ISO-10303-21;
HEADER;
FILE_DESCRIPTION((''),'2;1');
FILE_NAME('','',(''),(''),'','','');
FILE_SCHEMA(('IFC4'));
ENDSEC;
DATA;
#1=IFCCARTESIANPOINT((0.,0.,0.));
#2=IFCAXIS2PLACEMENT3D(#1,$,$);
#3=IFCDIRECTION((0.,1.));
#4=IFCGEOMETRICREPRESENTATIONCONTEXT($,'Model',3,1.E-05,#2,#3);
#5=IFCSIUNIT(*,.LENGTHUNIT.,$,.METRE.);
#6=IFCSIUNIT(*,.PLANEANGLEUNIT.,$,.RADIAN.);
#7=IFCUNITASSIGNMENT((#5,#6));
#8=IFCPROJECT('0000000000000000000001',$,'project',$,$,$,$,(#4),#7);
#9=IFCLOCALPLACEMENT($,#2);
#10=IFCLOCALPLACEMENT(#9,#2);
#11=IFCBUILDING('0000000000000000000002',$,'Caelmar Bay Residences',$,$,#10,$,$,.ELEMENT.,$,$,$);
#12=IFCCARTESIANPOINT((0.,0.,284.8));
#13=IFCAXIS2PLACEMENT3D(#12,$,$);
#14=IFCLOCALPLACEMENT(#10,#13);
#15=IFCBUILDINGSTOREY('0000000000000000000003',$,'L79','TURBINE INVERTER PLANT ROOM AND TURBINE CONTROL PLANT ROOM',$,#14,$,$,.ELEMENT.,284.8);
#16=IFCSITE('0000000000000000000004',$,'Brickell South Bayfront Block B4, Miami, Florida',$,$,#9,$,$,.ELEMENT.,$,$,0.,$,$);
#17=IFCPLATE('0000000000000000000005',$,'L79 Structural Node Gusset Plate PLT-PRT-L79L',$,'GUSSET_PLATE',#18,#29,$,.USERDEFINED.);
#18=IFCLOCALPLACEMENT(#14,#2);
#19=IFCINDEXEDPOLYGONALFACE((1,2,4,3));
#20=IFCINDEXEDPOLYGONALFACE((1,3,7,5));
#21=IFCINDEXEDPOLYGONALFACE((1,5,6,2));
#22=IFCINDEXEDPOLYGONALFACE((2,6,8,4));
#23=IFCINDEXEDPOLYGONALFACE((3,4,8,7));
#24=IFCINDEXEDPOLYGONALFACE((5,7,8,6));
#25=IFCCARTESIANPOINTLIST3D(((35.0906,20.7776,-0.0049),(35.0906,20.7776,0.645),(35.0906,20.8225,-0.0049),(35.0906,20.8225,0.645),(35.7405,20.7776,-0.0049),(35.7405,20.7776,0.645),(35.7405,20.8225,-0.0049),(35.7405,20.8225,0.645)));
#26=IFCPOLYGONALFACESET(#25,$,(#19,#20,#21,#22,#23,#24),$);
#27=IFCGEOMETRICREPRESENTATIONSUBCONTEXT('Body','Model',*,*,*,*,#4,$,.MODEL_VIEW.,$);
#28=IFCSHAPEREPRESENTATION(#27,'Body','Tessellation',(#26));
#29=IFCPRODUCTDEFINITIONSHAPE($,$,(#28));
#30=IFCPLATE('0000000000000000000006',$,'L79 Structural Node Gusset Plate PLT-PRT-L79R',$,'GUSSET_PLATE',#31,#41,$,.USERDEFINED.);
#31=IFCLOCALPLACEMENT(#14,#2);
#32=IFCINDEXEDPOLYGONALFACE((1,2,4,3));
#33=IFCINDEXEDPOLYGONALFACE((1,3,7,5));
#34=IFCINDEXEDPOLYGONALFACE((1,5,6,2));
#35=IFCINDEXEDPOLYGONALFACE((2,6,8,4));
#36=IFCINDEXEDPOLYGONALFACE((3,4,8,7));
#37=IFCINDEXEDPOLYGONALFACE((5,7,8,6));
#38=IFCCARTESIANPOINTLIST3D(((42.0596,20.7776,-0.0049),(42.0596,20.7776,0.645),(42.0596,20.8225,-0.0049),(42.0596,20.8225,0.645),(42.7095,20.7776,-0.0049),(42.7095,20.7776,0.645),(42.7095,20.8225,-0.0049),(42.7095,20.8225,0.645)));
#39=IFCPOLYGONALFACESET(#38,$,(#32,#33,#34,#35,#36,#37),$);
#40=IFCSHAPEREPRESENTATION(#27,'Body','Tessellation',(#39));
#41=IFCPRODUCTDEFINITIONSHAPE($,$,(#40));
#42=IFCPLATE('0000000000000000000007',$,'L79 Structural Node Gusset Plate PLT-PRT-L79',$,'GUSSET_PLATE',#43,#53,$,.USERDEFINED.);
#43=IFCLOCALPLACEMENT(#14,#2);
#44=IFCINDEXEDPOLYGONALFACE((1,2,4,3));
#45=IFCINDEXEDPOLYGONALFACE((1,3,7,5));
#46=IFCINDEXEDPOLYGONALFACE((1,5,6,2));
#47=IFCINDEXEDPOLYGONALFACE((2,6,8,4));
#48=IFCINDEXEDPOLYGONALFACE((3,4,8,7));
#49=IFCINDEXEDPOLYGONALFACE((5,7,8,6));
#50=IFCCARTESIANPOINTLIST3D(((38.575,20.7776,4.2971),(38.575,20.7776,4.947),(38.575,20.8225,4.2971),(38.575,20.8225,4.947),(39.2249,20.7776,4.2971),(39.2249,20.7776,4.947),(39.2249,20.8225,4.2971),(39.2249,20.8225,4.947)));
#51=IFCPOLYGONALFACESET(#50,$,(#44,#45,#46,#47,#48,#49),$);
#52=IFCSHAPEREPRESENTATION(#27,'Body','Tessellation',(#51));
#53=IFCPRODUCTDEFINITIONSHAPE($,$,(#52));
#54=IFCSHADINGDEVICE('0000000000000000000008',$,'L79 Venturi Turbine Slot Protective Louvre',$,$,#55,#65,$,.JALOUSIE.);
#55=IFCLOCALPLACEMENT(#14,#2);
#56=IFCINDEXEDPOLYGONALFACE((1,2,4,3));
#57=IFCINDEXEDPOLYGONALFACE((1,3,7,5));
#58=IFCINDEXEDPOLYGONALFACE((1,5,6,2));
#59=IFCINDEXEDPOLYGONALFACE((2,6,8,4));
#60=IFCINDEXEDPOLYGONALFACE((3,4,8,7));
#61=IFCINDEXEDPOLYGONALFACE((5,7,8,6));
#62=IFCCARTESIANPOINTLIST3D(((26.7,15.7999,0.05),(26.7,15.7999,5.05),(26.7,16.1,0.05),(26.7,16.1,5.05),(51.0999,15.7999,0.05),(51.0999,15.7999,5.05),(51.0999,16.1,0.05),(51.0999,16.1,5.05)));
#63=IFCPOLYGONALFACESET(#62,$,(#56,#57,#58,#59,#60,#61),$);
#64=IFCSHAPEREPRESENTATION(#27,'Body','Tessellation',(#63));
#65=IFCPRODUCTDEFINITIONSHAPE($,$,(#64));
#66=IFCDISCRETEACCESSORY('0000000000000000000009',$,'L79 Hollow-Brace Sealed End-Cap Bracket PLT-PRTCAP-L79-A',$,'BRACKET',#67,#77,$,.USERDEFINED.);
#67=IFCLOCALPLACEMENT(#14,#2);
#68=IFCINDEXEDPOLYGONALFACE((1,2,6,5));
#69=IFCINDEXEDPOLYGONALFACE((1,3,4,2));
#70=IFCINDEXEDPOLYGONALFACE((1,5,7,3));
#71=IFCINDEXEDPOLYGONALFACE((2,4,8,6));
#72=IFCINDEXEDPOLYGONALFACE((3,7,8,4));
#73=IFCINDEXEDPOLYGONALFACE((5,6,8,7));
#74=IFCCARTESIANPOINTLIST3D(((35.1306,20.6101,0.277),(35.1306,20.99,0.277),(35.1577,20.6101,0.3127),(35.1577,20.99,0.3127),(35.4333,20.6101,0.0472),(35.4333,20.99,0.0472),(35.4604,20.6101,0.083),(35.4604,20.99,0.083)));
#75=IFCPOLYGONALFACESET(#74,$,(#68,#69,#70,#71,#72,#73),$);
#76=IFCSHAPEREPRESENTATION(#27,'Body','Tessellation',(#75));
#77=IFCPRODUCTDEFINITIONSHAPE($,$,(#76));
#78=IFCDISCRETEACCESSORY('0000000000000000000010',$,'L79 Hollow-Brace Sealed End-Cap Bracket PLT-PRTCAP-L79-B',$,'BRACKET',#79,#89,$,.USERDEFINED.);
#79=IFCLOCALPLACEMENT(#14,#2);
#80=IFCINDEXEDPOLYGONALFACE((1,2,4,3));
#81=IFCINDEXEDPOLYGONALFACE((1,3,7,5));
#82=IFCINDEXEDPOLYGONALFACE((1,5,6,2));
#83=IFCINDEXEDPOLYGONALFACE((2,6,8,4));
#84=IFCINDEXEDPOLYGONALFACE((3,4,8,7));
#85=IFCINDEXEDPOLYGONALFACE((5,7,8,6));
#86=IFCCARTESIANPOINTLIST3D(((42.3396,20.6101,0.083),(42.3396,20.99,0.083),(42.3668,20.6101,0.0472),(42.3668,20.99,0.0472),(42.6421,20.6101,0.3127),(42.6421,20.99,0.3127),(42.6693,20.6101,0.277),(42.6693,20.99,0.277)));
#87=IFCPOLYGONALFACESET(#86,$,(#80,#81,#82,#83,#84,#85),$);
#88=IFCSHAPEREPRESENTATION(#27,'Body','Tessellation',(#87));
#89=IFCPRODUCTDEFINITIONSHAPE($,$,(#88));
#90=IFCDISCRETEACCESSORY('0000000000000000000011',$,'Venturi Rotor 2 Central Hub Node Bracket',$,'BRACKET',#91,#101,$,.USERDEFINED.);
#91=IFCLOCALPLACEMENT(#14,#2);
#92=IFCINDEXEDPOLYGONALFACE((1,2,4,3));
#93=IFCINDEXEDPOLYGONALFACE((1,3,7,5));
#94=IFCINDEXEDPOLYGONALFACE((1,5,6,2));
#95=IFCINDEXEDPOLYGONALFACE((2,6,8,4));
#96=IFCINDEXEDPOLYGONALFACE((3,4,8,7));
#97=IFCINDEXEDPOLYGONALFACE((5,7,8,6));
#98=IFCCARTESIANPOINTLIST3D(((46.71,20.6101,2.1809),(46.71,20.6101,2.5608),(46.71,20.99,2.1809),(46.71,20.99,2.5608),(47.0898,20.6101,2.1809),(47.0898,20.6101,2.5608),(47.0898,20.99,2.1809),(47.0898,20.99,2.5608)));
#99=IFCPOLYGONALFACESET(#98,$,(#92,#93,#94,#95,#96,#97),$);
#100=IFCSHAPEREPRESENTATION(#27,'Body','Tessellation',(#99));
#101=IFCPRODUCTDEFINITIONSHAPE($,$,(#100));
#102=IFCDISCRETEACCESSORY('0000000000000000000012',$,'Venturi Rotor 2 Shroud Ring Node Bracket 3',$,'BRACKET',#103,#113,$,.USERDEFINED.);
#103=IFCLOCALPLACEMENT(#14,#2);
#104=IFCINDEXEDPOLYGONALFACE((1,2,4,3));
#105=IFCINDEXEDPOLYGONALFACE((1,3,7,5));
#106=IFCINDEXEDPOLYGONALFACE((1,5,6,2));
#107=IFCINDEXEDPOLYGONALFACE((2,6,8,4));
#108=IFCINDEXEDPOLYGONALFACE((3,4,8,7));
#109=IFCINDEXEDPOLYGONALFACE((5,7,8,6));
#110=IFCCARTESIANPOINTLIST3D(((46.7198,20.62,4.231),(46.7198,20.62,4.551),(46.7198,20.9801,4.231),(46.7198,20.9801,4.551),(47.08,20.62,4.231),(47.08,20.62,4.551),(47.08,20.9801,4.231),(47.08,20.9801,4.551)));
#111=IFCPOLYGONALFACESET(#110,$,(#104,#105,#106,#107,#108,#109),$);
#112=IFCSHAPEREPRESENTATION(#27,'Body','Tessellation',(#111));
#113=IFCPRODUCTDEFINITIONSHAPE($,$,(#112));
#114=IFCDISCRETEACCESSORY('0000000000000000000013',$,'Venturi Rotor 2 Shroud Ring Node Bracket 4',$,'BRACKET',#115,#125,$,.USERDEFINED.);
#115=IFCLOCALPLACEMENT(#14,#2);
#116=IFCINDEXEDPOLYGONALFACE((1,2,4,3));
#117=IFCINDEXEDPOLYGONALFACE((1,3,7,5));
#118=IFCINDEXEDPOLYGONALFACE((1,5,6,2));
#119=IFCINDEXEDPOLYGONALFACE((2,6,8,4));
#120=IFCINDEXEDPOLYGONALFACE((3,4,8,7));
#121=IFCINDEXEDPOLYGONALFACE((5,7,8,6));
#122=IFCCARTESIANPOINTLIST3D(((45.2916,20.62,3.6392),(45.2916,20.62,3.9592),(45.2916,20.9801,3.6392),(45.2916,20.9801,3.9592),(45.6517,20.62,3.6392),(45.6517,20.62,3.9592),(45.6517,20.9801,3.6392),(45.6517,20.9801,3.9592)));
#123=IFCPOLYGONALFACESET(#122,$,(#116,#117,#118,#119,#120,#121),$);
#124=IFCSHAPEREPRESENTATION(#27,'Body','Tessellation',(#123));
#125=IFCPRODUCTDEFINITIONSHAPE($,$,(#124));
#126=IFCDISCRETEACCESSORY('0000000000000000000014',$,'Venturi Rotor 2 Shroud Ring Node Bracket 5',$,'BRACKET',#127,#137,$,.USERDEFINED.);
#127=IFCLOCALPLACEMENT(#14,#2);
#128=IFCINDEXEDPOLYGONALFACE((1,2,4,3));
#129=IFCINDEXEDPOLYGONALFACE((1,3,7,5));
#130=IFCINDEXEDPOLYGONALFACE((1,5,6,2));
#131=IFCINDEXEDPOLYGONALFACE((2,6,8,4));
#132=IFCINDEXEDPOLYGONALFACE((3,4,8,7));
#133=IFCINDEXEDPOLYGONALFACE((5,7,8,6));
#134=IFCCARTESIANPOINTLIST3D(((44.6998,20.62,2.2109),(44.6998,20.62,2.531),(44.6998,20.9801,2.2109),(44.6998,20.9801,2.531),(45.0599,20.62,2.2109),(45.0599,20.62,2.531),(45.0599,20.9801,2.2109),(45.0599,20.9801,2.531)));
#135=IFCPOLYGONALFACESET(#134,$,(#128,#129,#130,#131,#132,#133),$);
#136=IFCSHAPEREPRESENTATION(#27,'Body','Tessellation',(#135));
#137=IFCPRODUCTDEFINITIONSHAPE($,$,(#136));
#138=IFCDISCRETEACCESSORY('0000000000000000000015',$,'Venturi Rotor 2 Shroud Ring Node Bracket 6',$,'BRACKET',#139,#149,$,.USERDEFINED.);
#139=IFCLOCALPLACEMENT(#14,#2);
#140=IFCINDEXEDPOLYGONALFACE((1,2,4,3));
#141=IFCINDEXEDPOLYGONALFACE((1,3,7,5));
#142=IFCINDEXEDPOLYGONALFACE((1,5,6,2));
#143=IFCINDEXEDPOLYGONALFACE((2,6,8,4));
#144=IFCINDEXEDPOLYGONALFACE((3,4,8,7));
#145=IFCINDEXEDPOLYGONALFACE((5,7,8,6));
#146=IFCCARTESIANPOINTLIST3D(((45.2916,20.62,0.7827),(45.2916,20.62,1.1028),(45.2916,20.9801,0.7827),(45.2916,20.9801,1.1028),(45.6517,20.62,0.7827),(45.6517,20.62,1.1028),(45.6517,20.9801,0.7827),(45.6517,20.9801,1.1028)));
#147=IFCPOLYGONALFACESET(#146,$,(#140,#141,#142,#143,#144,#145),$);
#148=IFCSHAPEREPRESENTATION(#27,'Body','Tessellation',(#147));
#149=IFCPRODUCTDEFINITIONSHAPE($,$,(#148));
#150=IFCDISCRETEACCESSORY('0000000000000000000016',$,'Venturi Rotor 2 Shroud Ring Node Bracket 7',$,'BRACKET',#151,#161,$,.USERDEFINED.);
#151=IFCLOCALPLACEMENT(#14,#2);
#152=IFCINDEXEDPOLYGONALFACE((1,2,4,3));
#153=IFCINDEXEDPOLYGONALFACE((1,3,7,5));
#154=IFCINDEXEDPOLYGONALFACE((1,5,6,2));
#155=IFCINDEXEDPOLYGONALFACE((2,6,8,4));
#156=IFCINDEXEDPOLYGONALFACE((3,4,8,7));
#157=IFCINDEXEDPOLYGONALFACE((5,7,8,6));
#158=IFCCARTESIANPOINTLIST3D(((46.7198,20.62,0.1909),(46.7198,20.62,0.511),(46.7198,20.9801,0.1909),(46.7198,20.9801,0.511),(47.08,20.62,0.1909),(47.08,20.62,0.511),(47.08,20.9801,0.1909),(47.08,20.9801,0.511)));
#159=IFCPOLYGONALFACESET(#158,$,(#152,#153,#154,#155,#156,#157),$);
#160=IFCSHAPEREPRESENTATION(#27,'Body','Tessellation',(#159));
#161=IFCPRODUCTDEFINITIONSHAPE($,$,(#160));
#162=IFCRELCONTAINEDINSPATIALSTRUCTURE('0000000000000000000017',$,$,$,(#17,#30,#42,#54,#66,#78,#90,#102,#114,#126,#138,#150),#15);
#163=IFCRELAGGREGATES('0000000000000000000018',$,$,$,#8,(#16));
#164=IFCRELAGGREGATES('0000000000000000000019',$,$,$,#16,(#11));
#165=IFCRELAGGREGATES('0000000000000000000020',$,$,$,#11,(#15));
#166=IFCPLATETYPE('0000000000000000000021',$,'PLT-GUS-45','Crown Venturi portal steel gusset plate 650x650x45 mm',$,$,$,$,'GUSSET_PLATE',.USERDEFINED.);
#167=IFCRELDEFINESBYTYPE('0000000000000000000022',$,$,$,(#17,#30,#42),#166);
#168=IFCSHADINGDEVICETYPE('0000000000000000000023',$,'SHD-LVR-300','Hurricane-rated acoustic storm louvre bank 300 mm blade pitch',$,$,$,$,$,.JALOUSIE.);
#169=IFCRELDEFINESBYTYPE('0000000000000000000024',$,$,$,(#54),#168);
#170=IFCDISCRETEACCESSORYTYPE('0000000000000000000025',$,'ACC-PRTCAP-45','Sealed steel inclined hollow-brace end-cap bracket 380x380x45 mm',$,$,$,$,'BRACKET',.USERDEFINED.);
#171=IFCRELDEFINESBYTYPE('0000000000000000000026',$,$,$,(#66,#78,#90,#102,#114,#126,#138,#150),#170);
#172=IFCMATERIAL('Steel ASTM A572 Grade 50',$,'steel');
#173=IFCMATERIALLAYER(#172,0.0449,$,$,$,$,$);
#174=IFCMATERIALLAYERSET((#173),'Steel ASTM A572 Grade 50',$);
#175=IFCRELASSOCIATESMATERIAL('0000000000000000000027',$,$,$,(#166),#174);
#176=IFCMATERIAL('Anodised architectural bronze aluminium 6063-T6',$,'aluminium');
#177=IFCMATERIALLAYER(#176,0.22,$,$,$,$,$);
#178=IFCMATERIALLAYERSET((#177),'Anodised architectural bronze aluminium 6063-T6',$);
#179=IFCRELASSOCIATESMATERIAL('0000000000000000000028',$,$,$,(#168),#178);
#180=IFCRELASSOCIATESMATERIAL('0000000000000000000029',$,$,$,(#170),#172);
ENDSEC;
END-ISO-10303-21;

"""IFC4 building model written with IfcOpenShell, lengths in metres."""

from ifc_helpers import new_model, si_unit, direction, frame, origin, origin_2d, place, context, subcontext, project, spatial, polyline, rectangle, outline, extrude, material, layer, layer_set, type_object, element, save


model = new_model("IFC4")

# Units and contexts
model_context = context("Model", 3, precision=1e-05, world=origin(), true_north=direction((0.0, 1.0)))
body_context = subcontext(model_context, "Body", "Model", "MODEL_VIEW")
ifc_project = project(units=[si_unit("LENGTHUNIT", "METRE"), si_unit("PLANEANGLEUNIT", "RADIAN")], contexts=[model_context])

# Site, building, storey
site_placement = place(None, origin())
site = spatial("IfcSite", under=ifc_project, at=site_placement, Name="Brickell South Bayfront Block B4, Miami, Florida", CompositionType="ELEMENT", RefElevation=0.0)
building_placement = place(site_placement, origin())
building = spatial("IfcBuilding", under=site, at=building_placement, Name="Caelmar Bay Residences", CompositionType="ELEMENT")
storey_placement = place(building_placement, frame((0.0, 0.0, 284.8)))
storey = spatial("IfcBuildingStorey", under=building, at=storey_placement, Name="L79", Description="TURBINE INVERTER PLANT ROOM AND TURBINE CONTROL PLANT ROOM", CompositionType="ELEMENT", Elevation=284.8)

# Plates
ifc_material_1 = material(Name="Steel ASTM A572 Grade 50", Category="steel")
ifc_layer_1 = layer(ifc_material_1, 0.0449)
ifc_layer_set_1 = layer_set([ifc_layer_1], Name="Steel ASTM A572 Grade 50")
plate_type_1 = type_object("IfcPlateType", Name="PLT-GUS-45", Description="Crown Venturi portal steel gusset plate 650x650x45 mm", ElementType="GUSSET_PLATE", PredefinedType="USERDEFINED", material=ifc_layer_set_1)
for number, where, z_axis, x_axis, name in (
    (1, (35.4155, 20.8, -0.0049), (0.0, 0.0, 1.0), (1.0, 0.0, 0.0), "L79 Structural Node Gusset Plate PLT-PRT-L79L"),
    (2, (42.3845, 20.8, -0.0049), (0.0, 0.0, 1.0), (1.0, 0.0, 0.0), "L79 Structural Node Gusset Plate PLT-PRT-L79R"),
    (3, (38.8999, 20.8, 4.2971), (0.0, 0.0, 1.0), (1.0, 0.0, 0.0), "L79 Structural Node Gusset Plate PLT-PRT-L79"),
):
    element("IfcPlate", number, at=place(storey_placement, frame(where, z_axis=z_axis, x_axis=x_axis)), inside=storey, type_object=plate_type_1, Name=name, ObjectType="GUSSET_PLATE", PredefinedType="USERDEFINED", context=body_context, shape_type="SweptSolid", body=[
        extrude(rectangle(XDim=0.6499, YDim=0.0449, at=origin_2d()), origin(), (0.0, 0.0, 1.0), 0.6499),
    ])

# Shading device
ifc_material_2 = material(Name="Anodised architectural bronze aluminium 6063-T6", Category="aluminium")
ifc_layer_2 = layer(ifc_material_2, 0.22)
ifc_layer_set_2 = layer_set([ifc_layer_2], Name="Anodised architectural bronze aluminium 6063-T6")
shading_device_type = type_object("IfcShadingDeviceType", Name="SHD-LVR-300", Description="Hurricane-rated acoustic storm louvre bank 300 mm blade pitch", PredefinedType="JALOUSIE", material=ifc_layer_set_2)
shading_device_placement = place(storey_placement, frame((38.8999, 15.95, 0.05), z_axis=(0.0, 0.0, 1.0), x_axis=(1.0, 0.0, 0.0)))
element("IfcShadingDevice", 4, at=shading_device_placement, inside=storey, type_object=shading_device_type, Name="L79 Venturi Turbine Slot Protective Louvre", PredefinedType="JALOUSIE", context=body_context, shape_type="SweptSolid", body=[
    extrude(rectangle(XDim=24.3999, YDim=0.3, at=origin_2d()), origin(), (0.0, 0.0, 1.0), 5.0),
])

# Discrete accessories
discrete_accessory_type = type_object("IfcDiscreteAccessoryType", Name="ACC-PRTCAP-45", Description="Sealed steel inclined hollow-brace end-cap bracket 380x380x45 mm", ElementType="BRACKET", PredefinedType="USERDEFINED", material=ifc_material_1)
discrete_accessory_1_placement = place(storey_placement, frame((35.4604, 20.6101, 0.083), z_axis=(0.604513, 0.0, 0.796595), x_axis=(0.0, 1.0, 0.0)))
element("IfcDiscreteAccessory", 5, at=discrete_accessory_1_placement, inside=storey, type_object=discrete_accessory_type, Name="L79 Hollow-Brace Sealed End-Cap Bracket PLT-PRTCAP-L79-A", ObjectType="BRACKET", PredefinedType="USERDEFINED", context=body_context, shape_type="SweptSolid", body=[
    extrude(outline(polyline([(0.0, 0.0), (0.3799, 0.0), (0.3799, 0.38), (0.0, 0.38), (0.0, 0.0)])), origin(), (0.0, 0.0, -1.0), 0.0449),
])
discrete_accessory_2_placement = place(storey_placement, frame((42.3396, 20.99, 0.083), z_axis=(-0.604822, 0.0, 0.79636), x_axis=(0.0, -1.0, 0.0)))
element("IfcDiscreteAccessory", 6, at=discrete_accessory_2_placement, inside=storey, type_object=discrete_accessory_type, Name="L79 Hollow-Brace Sealed End-Cap Bracket PLT-PRTCAP-L79-B", ObjectType="BRACKET", PredefinedType="USERDEFINED", context=body_context, shape_type="SweptSolid", body=[
    extrude(outline(polyline([(0.0, 0.0), (0.3799, 0.0), (0.3799, 0.3798), (0.0, 0.3798), (0.0, 0.0)])), origin(), (0.0, 0.0, -1.0), 0.0449),
])
discrete_accessory_3_placement = place(storey_placement, frame((46.8999, 20.8, 2.1809), z_axis=(0.0, 0.0, 1.0), x_axis=(1.0, 0.0, 0.0)))
element("IfcDiscreteAccessory", 7, at=discrete_accessory_3_placement, inside=storey, type_object=discrete_accessory_type, Name="Venturi Rotor 2 Central Hub Node Bracket", ObjectType="BRACKET", PredefinedType="USERDEFINED", context=body_context, shape_type="SweptSolid", body=[
    extrude(rectangle(XDim=0.3799, YDim=0.3799, at=origin_2d()), origin(), (0.0, 0.0, 1.0), 0.3799),
])
for number, where, z_axis, x_axis, name in (
    (8, (46.8999, 20.8, 4.231), (0.0, 0.0, 1.0), (1.0, 0.0, 0.0), "Venturi Rotor 2 Shroud Ring Node Bracket 3"),
    (9, (45.4717, 20.8, 3.6392), (0.0, 0.0, 1.0), (1.0, 0.0, 0.0), "Venturi Rotor 2 Shroud Ring Node Bracket 4"),
    (10, (44.8799, 20.8, 2.2109), (0.0, 0.0, 1.0), (1.0, 0.0, 0.0), "Venturi Rotor 2 Shroud Ring Node Bracket 5"),
    (11, (45.4717, 20.8, 0.7827), (0.0, 0.0, 1.0), (1.0, 0.0, 0.0), "Venturi Rotor 2 Shroud Ring Node Bracket 6"),
    (12, (46.8999, 20.8, 0.1909), (0.0, 0.0, 1.0), (1.0, 0.0, 0.0), "Venturi Rotor 2 Shroud Ring Node Bracket 7"),
):
    element("IfcDiscreteAccessory", number, at=place(storey_placement, frame(where, z_axis=z_axis, x_axis=x_axis)), inside=storey, type_object=discrete_accessory_type, Name=name, ObjectType="BRACKET", PredefinedType="USERDEFINED", context=body_context, shape_type="SweptSolid", body=[
        extrude(rectangle(XDim=0.3601, YDim=0.3601, at=origin_2d()), origin(), (0.0, 0.0, 1.0), 0.3201),
    ])

save(model, "model.ifc")
